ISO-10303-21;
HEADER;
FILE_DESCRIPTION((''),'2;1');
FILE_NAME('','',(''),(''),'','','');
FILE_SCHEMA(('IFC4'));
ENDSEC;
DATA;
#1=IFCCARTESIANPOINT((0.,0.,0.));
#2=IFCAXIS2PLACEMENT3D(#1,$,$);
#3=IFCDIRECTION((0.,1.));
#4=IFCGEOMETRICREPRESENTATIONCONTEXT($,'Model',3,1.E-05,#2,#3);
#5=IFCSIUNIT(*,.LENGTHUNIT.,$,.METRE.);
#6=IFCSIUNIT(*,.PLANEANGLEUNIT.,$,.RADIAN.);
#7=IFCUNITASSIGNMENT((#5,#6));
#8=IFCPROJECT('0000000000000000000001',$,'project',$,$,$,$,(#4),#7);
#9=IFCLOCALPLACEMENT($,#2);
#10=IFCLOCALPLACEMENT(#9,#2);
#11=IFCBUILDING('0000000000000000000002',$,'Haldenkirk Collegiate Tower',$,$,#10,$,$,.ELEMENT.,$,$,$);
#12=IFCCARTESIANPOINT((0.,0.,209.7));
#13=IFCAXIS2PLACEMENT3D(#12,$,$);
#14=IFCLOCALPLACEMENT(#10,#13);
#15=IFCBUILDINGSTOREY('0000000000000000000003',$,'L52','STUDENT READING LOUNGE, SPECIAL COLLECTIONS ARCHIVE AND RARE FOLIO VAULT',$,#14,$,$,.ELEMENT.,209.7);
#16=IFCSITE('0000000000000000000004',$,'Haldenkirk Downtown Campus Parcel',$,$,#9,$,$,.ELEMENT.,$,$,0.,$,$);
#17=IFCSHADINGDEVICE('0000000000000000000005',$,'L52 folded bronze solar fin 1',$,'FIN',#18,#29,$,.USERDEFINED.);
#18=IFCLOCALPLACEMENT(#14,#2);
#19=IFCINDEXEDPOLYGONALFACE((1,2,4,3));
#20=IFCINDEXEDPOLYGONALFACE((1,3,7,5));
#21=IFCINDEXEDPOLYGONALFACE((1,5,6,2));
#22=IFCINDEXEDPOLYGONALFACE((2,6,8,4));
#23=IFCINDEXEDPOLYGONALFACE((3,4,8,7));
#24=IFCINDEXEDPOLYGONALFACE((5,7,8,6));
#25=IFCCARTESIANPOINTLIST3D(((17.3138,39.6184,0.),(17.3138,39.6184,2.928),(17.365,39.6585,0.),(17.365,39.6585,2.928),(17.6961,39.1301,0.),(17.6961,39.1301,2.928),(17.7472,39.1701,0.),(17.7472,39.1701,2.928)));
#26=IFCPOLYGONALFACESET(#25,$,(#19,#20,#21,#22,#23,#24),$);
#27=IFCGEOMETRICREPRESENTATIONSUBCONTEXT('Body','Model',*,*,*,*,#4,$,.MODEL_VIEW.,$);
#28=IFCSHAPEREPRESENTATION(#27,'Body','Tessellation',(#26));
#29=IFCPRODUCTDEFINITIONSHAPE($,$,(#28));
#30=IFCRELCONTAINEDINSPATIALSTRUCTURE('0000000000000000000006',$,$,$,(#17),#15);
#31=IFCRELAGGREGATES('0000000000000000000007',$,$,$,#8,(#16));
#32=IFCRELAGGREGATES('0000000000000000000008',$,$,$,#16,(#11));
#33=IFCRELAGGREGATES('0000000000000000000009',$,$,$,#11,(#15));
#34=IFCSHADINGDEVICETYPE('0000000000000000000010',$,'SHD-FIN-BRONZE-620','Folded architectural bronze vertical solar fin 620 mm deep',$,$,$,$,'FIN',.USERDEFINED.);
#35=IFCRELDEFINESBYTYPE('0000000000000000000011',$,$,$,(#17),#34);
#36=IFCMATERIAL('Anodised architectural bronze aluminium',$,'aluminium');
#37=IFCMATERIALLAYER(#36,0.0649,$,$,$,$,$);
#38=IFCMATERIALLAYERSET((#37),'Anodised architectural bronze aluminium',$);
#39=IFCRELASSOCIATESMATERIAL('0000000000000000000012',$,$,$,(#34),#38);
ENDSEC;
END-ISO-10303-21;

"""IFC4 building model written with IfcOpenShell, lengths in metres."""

from ifc_helpers import new_model, si_unit, direction, frame, origin, origin_2d, place, context, subcontext, project, spatial, rectangle, extrude, source, transform, mapped, material, layer, layer_set, type_object, element, save


model = new_model("IFC4")

# Units and contexts
model_context = context("Model", 3, precision=1e-05, world=origin(), true_north=direction((0.0, 1.0)))
body_context = subcontext(model_context, "Body", "Model", "MODEL_VIEW")
ifc_project = project(units=[si_unit("LENGTHUNIT", "METRE"), si_unit("PLANEANGLEUNIT", "RADIAN")], contexts=[model_context])

# Site, building, storey
site_placement = place(None, origin())
site = spatial("IfcSite", under=ifc_project, at=site_placement, Name="Haldenkirk Downtown Campus Parcel", CompositionType="ELEMENT", RefElevation=0.0)
building_placement = place(site_placement, origin())
building = spatial("IfcBuilding", under=site, at=building_placement, Name="Haldenkirk Collegiate Tower", CompositionType="ELEMENT")
storey_placement = place(building_placement, frame((0.0, 0.0, 209.7)))
storey = spatial("IfcBuildingStorey", under=building, at=storey_placement, Name="L52", Description="STUDENT READING LOUNGE, SPECIAL COLLECTIONS ARCHIVE AND RARE FOLIO VAULT", CompositionType="ELEMENT", Elevation=209.7)

# Shared definitions
ifc_material_1 = material(Name="Anodised architectural bronze aluminium", Category="aluminium")

# Shading device
ifc_layer_1 = layer(ifc_material_1, 0.0649)
ifc_layer_set_1 = layer_set([ifc_layer_1], Name="Anodised architectural bronze aluminium")
shading_device_type = type_object("IfcShadingDeviceType", Name="SHD-FIN-BRONZE-620", Description="Folded architectural bronze vertical solar fin 620 mm deep", ElementType="FIN", PredefinedType="USERDEFINED", material=ifc_layer_set_1)
shared_shape_1 = source(origin(), body_context, "Body", "SweptSolid", [
    extrude(rectangle(XDim=0.6201, YDim=0.0649, at=origin_2d()), origin(), (0.0, 0.0, 1.0), 2.928),
])
shading_device_placement = place(storey_placement, frame((17.5305, 39.3943, 0.0), z_axis=(0.0, 0.0, 1.0), x_axis=(-0.616349, 0.787473, 0.0)))
element("IfcShadingDevice", 1, at=shading_device_placement, inside=storey, type_object=shading_device_type, Name="L52 folded bronze solar fin 1", ObjectType="FIN", PredefinedType="USERDEFINED", context=body_context, shape_type="MappedRepresentation", body=[
    mapped(shared_shape_1, transform((0.0, 0.0, 0.0), x_axis=(1.0, 0.0, 0.0), y_axis=(0.0, 1.0, 0.0), z_axis=(0.0, 0.0, 1.0), scale=1.0)),
])

save(model, "model.ifc")
